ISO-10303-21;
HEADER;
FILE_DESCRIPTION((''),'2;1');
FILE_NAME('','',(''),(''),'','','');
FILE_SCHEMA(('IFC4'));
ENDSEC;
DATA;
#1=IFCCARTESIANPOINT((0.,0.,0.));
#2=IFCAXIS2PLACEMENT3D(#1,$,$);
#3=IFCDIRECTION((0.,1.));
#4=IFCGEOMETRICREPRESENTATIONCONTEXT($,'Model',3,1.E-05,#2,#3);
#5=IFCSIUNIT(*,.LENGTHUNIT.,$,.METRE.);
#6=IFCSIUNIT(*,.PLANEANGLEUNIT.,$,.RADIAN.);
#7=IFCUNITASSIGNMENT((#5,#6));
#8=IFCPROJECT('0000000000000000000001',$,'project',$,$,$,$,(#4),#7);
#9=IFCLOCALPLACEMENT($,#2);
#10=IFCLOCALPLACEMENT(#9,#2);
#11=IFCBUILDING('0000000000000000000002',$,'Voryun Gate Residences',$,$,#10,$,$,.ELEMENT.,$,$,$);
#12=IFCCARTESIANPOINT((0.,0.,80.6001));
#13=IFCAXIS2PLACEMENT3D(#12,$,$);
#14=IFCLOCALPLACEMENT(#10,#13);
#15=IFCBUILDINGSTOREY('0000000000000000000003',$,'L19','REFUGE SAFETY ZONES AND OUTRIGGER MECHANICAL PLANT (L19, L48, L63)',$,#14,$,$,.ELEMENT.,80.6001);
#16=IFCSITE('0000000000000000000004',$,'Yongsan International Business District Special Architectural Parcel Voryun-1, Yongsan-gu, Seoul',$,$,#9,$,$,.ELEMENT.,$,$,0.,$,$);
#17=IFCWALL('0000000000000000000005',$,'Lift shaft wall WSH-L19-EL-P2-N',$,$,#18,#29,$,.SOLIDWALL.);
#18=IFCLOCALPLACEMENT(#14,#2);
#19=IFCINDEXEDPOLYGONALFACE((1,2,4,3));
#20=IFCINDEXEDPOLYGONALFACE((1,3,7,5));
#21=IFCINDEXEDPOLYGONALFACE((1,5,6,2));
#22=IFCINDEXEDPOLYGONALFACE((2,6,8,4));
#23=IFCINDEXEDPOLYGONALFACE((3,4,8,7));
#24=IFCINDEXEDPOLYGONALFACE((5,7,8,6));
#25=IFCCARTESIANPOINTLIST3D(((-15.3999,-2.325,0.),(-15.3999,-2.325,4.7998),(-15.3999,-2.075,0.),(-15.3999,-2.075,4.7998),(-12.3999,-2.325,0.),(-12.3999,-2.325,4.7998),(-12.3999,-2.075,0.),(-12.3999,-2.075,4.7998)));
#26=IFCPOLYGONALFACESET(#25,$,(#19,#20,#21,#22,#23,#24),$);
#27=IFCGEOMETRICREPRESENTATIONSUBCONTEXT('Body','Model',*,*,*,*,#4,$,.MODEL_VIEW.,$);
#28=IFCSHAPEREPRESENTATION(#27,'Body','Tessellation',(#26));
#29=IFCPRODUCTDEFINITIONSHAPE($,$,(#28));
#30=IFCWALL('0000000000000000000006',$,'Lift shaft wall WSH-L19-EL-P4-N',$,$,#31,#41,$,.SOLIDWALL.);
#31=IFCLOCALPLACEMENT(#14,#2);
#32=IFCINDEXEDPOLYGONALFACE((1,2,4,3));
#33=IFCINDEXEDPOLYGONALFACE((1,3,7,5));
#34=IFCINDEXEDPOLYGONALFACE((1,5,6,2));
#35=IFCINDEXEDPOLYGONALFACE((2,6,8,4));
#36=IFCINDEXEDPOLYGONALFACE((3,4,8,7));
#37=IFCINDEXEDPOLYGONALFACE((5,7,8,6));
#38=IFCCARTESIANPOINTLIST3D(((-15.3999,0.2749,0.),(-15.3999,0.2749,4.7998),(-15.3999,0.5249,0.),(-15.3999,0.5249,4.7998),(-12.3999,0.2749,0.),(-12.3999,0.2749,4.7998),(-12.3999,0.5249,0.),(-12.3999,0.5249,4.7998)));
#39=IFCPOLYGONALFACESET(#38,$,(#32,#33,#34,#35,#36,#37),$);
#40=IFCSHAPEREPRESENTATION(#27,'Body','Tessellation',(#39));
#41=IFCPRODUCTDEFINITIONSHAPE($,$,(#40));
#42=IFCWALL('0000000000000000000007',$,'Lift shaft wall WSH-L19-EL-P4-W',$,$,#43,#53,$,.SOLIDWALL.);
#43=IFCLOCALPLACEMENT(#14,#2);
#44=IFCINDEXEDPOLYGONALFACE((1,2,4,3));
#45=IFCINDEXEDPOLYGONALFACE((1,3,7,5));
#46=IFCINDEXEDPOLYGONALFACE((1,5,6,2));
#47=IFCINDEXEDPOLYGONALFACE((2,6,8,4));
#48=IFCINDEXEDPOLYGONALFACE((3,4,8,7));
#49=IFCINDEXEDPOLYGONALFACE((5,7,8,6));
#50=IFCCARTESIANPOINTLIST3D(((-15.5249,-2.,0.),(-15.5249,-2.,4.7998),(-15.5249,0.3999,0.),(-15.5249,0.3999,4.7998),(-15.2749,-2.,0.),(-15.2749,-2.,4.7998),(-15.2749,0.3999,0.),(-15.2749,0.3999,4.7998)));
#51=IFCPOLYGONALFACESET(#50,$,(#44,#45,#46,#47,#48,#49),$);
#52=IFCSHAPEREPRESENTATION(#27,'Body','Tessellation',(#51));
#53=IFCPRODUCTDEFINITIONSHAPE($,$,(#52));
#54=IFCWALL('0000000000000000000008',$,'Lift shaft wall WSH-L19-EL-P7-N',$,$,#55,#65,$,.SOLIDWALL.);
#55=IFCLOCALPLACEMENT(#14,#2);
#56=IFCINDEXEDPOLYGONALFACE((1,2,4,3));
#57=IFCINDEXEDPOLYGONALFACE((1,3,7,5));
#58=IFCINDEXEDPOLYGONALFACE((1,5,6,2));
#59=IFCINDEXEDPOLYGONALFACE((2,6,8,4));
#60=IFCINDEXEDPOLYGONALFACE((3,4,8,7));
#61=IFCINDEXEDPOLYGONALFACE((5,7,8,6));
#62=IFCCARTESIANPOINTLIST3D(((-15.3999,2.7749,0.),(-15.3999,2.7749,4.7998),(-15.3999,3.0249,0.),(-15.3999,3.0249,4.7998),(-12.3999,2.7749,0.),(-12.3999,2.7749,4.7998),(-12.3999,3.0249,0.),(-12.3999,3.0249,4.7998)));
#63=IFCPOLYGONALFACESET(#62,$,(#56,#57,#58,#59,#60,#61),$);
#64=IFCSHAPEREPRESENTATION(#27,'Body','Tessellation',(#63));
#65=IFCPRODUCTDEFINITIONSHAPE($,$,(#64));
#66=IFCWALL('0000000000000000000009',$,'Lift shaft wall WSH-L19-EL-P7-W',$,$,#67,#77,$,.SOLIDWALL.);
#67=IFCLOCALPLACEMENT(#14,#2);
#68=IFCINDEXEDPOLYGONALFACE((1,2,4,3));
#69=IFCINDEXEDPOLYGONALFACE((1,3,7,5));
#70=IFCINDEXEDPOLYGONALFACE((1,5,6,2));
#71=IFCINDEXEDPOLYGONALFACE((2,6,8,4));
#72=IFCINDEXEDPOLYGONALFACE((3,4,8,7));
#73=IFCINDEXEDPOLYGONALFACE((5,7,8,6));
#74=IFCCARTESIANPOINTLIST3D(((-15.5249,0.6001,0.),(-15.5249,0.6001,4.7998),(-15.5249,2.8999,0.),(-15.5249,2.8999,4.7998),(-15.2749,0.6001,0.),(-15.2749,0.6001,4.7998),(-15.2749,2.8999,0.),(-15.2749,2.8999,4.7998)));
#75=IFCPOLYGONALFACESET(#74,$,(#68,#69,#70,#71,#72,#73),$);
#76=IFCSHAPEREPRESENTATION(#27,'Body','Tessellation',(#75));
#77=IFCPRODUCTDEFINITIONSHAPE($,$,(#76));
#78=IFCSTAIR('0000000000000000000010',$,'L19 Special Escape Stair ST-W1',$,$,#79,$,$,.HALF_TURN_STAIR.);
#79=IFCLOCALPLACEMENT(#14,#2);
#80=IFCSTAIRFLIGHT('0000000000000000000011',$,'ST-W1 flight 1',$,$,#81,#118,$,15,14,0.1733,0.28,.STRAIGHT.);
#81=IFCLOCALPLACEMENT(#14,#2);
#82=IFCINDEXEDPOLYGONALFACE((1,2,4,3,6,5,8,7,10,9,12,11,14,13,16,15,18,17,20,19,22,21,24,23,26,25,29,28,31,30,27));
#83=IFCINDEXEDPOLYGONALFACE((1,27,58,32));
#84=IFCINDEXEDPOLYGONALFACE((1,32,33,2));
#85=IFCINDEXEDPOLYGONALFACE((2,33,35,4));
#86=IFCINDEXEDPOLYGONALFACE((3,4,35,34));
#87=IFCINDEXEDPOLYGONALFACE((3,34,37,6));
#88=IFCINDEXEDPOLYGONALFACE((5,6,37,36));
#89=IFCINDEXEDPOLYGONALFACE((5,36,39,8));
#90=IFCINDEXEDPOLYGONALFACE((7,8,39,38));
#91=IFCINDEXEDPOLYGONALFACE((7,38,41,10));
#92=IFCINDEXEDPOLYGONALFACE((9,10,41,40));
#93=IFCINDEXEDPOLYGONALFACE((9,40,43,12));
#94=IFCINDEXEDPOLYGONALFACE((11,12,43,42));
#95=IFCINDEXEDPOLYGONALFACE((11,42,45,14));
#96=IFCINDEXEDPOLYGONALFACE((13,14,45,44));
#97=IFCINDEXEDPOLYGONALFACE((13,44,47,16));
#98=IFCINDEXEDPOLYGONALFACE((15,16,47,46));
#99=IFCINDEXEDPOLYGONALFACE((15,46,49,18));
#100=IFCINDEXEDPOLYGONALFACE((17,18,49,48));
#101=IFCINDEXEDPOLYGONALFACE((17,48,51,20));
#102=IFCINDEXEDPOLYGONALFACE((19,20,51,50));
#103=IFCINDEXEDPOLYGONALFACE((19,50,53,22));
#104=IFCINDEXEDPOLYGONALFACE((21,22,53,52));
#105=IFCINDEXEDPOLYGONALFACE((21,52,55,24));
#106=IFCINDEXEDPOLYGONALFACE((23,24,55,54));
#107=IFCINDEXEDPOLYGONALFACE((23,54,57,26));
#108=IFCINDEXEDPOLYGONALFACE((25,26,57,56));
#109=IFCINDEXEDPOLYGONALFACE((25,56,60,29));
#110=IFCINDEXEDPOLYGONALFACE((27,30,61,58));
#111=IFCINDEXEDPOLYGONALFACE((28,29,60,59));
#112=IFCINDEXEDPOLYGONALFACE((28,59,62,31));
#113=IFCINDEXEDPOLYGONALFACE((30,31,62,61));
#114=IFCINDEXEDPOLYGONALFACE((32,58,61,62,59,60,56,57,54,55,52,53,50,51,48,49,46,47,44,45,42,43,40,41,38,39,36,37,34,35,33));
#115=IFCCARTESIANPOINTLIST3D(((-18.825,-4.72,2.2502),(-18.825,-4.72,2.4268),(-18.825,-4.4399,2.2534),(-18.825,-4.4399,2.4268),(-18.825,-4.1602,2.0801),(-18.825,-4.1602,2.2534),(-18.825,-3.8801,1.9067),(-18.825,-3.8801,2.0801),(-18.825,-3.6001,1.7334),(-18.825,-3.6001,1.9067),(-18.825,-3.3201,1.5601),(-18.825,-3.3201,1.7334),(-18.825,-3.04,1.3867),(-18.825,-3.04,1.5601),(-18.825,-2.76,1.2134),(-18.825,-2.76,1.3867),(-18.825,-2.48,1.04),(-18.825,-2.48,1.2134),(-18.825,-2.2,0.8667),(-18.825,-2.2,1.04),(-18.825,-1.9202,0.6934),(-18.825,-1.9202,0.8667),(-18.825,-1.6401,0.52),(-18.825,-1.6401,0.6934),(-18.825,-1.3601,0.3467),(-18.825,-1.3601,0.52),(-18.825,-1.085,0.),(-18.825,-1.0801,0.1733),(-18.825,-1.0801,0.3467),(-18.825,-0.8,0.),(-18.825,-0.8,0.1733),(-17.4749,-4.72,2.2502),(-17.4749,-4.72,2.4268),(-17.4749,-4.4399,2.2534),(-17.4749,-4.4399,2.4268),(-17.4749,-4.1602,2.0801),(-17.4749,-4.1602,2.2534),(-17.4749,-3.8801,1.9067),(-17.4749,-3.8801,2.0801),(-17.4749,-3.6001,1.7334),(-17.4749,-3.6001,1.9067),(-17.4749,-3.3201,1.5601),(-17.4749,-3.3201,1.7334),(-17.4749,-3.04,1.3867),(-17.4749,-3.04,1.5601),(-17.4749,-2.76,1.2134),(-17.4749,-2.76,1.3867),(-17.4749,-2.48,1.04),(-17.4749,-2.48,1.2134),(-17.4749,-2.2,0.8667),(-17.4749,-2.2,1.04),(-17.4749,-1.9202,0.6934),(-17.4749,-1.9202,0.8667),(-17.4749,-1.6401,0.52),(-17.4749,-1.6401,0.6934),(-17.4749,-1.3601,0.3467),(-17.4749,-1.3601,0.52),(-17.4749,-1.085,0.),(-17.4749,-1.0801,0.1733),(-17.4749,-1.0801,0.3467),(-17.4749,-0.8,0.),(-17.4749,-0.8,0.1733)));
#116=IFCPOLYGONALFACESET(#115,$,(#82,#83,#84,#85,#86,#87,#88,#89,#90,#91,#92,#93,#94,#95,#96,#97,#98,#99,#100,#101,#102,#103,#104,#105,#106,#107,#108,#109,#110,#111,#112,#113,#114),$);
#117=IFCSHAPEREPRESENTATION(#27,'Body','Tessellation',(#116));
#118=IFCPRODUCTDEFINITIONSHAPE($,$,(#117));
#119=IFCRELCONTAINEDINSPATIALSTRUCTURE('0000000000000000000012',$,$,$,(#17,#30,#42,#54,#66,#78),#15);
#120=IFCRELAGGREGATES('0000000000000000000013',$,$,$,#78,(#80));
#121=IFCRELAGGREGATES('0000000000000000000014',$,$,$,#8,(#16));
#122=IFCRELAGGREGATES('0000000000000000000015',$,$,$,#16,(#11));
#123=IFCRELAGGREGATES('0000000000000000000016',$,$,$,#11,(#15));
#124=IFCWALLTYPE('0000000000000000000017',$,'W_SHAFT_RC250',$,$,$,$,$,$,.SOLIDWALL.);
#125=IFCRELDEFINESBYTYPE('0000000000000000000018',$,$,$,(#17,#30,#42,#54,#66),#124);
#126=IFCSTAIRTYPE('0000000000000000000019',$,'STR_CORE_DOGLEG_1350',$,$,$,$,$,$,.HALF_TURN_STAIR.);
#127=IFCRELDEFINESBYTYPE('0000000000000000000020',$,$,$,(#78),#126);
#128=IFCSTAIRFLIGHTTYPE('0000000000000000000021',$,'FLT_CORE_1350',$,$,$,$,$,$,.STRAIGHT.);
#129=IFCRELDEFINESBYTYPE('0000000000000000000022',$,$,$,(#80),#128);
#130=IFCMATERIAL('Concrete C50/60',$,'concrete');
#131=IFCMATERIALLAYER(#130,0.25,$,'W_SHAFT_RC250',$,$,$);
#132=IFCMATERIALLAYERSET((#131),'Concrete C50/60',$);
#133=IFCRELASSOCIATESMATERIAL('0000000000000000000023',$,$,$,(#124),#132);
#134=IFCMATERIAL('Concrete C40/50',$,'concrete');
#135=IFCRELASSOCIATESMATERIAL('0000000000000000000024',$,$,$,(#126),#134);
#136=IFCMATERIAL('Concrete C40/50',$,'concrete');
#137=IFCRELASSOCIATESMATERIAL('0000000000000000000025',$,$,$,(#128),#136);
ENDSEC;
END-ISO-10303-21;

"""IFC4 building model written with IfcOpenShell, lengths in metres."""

from ifc_helpers import new_model, si_unit, direction, frame, frame_2d, origin, place, context, subcontext, project, spatial, polyline, rectangle, outline, extrude, material, layer, layer_set, type_object, element, aggregate, save


model = new_model("IFC4")

# Units and contexts
model_context = context("Model", 3, precision=1e-05, world=origin(), true_north=direction((0.0, 1.0)))
body_context = subcontext(model_context, "Body", "Model", "MODEL_VIEW")
ifc_project = project(units=[si_unit("LENGTHUNIT", "METRE"), si_unit("PLANEANGLEUNIT", "RADIAN")], contexts=[model_context])

# Site, building, storey
site_placement = place(None, origin())
site = spatial("IfcSite", under=ifc_project, at=site_placement, Name="Yongsan International Business District Special Architectural Parcel Voryun-1, Yongsan-gu, Seoul", CompositionType="ELEMENT", RefElevation=0.0)
building_placement = place(site_placement, origin())
building = spatial("IfcBuilding", under=site, at=building_placement, Name="Voryun Gate Residences", CompositionType="ELEMENT")
storey_placement = place(building_placement, frame((0.0, 0.0, 80.6001)))
storey = spatial("IfcBuildingStorey", under=building, at=storey_placement, Name="L19", Description="REFUGE SAFETY ZONES AND OUTRIGGER MECHANICAL PLANT (L19, L48, L63)", CompositionType="ELEMENT", Elevation=80.6001)

# Walls
ifc_material_1 = material(Name="Concrete C50/60", Category="concrete")
ifc_layer_1 = layer(ifc_material_1, 0.25, Name="W_SHAFT_RC250")
ifc_layer_set_1 = layer_set([ifc_layer_1], Name="Concrete C50/60")
wall_type_1 = type_object("IfcWallType", Name="W_SHAFT_RC250", PredefinedType="SOLIDWALL", material=ifc_layer_set_1)
for number, where, z_axis, x_axis, name in (
    (1, (-12.3999, -2.2, 0.0), (0.0, 0.0, 1.0), (-1.0, 0.0, 0.0), "Lift shaft wall WSH-L19-EL-P2-N"),
    (2, (-12.3999, 0.3999, 0.0), (0.0, 0.0, 1.0), (-1.0, 0.0, 0.0), "Lift shaft wall WSH-L19-EL-P4-N"),
):
    element("IfcWall", number, at=place(storey_placement, frame(where, z_axis=z_axis, x_axis=x_axis)), inside=storey, type_object=wall_type_1, Name=name, PredefinedType="SOLIDWALL", context=body_context, shape_type="SweptSolid", body=[
        extrude(rectangle(XDim=3.0, YDim=0.25, at=frame_2d((1.5, 0.0))), origin(), (0.0, 0.0, 1.0), 4.7998),
    ])
wall_1_placement = place(storey_placement, frame((-15.3999, 0.3999, 0.0), z_axis=(0.0, 0.0, 1.0), x_axis=(0.0, -1.0, 0.0)))
element("IfcWall", 3, at=wall_1_placement, inside=storey, type_object=wall_type_1, Name="Lift shaft wall WSH-L19-EL-P4-W", PredefinedType="SOLIDWALL", context=body_context, shape_type="SweptSolid", body=[
    extrude(rectangle(XDim=2.3999, YDim=0.25, at=frame_2d((1.2, 0.0))), origin(), (0.0, 0.0, 1.0), 4.7998),
])
wall_2_placement = place(storey_placement, frame((-12.3999, 2.8999, 0.0), z_axis=(0.0, 0.0, 1.0), x_axis=(-1.0, 0.0, 0.0)))
element("IfcWall", 4, at=wall_2_placement, inside=storey, type_object=wall_type_1, Name="Lift shaft wall WSH-L19-EL-P7-N", PredefinedType="SOLIDWALL", context=body_context, shape_type="SweptSolid", body=[
    extrude(rectangle(XDim=3.0, YDim=0.25, at=frame_2d((1.5, 0.0))), origin(), (0.0, 0.0, 1.0), 4.7998),
])
wall_3_placement = place(storey_placement, frame((-15.3999, 2.8999, 0.0), z_axis=(0.0, 0.0, 1.0), x_axis=(0.0, -1.0, 0.0)))
element("IfcWall", 5, at=wall_3_placement, inside=storey, type_object=wall_type_1, Name="Lift shaft wall WSH-L19-EL-P7-W", PredefinedType="SOLIDWALL", context=body_context, shape_type="SweptSolid", body=[
    extrude(rectangle(XDim=2.2998, YDim=0.25, at=frame_2d((1.1499, 0.0))), origin(), (0.0, 0.0, 1.0), 4.7998),
])

# Stair, stair flight
ifc_material_2 = material(Name="Concrete C40/50", Category="concrete")
stair_type = type_object("IfcStairType", Name="STR_CORE_DOGLEG_1350", PredefinedType="HALF_TURN_STAIR", material=ifc_material_2)
stair_placement = place(storey_placement, origin())
stair = element("IfcStair", 6, at=stair_placement, inside=storey, type_object=stair_type, Name="L19 Special Escape Stair ST-W1", PredefinedType="HALF_TURN_STAIR")
ifc_material_3 = material(Name="Concrete C40/50", Category="concrete")
stair_flight_type = type_object("IfcStairFlightType", Name="FLT_CORE_1350", PredefinedType="STRAIGHT", material=ifc_material_3)
stair_flight_placement = place(storey_placement, frame((-18.1499, -0.8, 0.0), z_axis=(0.0, 0.0, 1.0), x_axis=(0.0, -1.0, 0.0)))
stair_flight = element("IfcStairFlight", 7, at=stair_flight_placement, type_object=stair_flight_type, Name="ST-W1 flight 1", NumberOfRisers=15, NumberOfTreads=14, PredefinedType="STRAIGHT", RiserHeight=0.1733, TreadLength=0.28, context=body_context, shape_type="SweptSolid", body=[
    extrude(outline(polyline([(0.0, 0.0), (0.0, 0.1733), (0.28, 0.1733), (0.28, 0.3467), (0.5601, 0.3467), (0.5601, 0.52), (0.8401, 0.52), (0.8401, 0.6934), (1.1201, 0.6934), (1.1201, 0.8667), (1.3999, 0.8667), (1.3999, 1.04), (1.6799, 1.04), (1.6799, 1.2134), (1.96, 1.2134), (1.96, 1.3867), (2.24, 1.3867), (2.24, 1.5601), (2.52, 1.5601), (2.52, 1.7334), (2.8, 1.7334), (2.8, 1.9067), (3.0801, 1.9067), (3.0801, 2.0801), (3.3601, 2.0801), (3.3601, 2.2534), (3.6399, 2.2534), (3.6399, 2.4268), (3.9199, 2.4268), (3.9199, 2.6001), (3.9199, 2.2502), (0.2849, 0.0), (0.0, 0.0)])), frame((0.0, 0.675, 0.0), z_axis=(0.0, -1.0, 0.0), x_axis=(1.0, 0.0, 0.0)), (0.0, 0.0, 1.0), 1.3501),
])
aggregate(stair, [stair_flight])

save(model, "model.ifc")
